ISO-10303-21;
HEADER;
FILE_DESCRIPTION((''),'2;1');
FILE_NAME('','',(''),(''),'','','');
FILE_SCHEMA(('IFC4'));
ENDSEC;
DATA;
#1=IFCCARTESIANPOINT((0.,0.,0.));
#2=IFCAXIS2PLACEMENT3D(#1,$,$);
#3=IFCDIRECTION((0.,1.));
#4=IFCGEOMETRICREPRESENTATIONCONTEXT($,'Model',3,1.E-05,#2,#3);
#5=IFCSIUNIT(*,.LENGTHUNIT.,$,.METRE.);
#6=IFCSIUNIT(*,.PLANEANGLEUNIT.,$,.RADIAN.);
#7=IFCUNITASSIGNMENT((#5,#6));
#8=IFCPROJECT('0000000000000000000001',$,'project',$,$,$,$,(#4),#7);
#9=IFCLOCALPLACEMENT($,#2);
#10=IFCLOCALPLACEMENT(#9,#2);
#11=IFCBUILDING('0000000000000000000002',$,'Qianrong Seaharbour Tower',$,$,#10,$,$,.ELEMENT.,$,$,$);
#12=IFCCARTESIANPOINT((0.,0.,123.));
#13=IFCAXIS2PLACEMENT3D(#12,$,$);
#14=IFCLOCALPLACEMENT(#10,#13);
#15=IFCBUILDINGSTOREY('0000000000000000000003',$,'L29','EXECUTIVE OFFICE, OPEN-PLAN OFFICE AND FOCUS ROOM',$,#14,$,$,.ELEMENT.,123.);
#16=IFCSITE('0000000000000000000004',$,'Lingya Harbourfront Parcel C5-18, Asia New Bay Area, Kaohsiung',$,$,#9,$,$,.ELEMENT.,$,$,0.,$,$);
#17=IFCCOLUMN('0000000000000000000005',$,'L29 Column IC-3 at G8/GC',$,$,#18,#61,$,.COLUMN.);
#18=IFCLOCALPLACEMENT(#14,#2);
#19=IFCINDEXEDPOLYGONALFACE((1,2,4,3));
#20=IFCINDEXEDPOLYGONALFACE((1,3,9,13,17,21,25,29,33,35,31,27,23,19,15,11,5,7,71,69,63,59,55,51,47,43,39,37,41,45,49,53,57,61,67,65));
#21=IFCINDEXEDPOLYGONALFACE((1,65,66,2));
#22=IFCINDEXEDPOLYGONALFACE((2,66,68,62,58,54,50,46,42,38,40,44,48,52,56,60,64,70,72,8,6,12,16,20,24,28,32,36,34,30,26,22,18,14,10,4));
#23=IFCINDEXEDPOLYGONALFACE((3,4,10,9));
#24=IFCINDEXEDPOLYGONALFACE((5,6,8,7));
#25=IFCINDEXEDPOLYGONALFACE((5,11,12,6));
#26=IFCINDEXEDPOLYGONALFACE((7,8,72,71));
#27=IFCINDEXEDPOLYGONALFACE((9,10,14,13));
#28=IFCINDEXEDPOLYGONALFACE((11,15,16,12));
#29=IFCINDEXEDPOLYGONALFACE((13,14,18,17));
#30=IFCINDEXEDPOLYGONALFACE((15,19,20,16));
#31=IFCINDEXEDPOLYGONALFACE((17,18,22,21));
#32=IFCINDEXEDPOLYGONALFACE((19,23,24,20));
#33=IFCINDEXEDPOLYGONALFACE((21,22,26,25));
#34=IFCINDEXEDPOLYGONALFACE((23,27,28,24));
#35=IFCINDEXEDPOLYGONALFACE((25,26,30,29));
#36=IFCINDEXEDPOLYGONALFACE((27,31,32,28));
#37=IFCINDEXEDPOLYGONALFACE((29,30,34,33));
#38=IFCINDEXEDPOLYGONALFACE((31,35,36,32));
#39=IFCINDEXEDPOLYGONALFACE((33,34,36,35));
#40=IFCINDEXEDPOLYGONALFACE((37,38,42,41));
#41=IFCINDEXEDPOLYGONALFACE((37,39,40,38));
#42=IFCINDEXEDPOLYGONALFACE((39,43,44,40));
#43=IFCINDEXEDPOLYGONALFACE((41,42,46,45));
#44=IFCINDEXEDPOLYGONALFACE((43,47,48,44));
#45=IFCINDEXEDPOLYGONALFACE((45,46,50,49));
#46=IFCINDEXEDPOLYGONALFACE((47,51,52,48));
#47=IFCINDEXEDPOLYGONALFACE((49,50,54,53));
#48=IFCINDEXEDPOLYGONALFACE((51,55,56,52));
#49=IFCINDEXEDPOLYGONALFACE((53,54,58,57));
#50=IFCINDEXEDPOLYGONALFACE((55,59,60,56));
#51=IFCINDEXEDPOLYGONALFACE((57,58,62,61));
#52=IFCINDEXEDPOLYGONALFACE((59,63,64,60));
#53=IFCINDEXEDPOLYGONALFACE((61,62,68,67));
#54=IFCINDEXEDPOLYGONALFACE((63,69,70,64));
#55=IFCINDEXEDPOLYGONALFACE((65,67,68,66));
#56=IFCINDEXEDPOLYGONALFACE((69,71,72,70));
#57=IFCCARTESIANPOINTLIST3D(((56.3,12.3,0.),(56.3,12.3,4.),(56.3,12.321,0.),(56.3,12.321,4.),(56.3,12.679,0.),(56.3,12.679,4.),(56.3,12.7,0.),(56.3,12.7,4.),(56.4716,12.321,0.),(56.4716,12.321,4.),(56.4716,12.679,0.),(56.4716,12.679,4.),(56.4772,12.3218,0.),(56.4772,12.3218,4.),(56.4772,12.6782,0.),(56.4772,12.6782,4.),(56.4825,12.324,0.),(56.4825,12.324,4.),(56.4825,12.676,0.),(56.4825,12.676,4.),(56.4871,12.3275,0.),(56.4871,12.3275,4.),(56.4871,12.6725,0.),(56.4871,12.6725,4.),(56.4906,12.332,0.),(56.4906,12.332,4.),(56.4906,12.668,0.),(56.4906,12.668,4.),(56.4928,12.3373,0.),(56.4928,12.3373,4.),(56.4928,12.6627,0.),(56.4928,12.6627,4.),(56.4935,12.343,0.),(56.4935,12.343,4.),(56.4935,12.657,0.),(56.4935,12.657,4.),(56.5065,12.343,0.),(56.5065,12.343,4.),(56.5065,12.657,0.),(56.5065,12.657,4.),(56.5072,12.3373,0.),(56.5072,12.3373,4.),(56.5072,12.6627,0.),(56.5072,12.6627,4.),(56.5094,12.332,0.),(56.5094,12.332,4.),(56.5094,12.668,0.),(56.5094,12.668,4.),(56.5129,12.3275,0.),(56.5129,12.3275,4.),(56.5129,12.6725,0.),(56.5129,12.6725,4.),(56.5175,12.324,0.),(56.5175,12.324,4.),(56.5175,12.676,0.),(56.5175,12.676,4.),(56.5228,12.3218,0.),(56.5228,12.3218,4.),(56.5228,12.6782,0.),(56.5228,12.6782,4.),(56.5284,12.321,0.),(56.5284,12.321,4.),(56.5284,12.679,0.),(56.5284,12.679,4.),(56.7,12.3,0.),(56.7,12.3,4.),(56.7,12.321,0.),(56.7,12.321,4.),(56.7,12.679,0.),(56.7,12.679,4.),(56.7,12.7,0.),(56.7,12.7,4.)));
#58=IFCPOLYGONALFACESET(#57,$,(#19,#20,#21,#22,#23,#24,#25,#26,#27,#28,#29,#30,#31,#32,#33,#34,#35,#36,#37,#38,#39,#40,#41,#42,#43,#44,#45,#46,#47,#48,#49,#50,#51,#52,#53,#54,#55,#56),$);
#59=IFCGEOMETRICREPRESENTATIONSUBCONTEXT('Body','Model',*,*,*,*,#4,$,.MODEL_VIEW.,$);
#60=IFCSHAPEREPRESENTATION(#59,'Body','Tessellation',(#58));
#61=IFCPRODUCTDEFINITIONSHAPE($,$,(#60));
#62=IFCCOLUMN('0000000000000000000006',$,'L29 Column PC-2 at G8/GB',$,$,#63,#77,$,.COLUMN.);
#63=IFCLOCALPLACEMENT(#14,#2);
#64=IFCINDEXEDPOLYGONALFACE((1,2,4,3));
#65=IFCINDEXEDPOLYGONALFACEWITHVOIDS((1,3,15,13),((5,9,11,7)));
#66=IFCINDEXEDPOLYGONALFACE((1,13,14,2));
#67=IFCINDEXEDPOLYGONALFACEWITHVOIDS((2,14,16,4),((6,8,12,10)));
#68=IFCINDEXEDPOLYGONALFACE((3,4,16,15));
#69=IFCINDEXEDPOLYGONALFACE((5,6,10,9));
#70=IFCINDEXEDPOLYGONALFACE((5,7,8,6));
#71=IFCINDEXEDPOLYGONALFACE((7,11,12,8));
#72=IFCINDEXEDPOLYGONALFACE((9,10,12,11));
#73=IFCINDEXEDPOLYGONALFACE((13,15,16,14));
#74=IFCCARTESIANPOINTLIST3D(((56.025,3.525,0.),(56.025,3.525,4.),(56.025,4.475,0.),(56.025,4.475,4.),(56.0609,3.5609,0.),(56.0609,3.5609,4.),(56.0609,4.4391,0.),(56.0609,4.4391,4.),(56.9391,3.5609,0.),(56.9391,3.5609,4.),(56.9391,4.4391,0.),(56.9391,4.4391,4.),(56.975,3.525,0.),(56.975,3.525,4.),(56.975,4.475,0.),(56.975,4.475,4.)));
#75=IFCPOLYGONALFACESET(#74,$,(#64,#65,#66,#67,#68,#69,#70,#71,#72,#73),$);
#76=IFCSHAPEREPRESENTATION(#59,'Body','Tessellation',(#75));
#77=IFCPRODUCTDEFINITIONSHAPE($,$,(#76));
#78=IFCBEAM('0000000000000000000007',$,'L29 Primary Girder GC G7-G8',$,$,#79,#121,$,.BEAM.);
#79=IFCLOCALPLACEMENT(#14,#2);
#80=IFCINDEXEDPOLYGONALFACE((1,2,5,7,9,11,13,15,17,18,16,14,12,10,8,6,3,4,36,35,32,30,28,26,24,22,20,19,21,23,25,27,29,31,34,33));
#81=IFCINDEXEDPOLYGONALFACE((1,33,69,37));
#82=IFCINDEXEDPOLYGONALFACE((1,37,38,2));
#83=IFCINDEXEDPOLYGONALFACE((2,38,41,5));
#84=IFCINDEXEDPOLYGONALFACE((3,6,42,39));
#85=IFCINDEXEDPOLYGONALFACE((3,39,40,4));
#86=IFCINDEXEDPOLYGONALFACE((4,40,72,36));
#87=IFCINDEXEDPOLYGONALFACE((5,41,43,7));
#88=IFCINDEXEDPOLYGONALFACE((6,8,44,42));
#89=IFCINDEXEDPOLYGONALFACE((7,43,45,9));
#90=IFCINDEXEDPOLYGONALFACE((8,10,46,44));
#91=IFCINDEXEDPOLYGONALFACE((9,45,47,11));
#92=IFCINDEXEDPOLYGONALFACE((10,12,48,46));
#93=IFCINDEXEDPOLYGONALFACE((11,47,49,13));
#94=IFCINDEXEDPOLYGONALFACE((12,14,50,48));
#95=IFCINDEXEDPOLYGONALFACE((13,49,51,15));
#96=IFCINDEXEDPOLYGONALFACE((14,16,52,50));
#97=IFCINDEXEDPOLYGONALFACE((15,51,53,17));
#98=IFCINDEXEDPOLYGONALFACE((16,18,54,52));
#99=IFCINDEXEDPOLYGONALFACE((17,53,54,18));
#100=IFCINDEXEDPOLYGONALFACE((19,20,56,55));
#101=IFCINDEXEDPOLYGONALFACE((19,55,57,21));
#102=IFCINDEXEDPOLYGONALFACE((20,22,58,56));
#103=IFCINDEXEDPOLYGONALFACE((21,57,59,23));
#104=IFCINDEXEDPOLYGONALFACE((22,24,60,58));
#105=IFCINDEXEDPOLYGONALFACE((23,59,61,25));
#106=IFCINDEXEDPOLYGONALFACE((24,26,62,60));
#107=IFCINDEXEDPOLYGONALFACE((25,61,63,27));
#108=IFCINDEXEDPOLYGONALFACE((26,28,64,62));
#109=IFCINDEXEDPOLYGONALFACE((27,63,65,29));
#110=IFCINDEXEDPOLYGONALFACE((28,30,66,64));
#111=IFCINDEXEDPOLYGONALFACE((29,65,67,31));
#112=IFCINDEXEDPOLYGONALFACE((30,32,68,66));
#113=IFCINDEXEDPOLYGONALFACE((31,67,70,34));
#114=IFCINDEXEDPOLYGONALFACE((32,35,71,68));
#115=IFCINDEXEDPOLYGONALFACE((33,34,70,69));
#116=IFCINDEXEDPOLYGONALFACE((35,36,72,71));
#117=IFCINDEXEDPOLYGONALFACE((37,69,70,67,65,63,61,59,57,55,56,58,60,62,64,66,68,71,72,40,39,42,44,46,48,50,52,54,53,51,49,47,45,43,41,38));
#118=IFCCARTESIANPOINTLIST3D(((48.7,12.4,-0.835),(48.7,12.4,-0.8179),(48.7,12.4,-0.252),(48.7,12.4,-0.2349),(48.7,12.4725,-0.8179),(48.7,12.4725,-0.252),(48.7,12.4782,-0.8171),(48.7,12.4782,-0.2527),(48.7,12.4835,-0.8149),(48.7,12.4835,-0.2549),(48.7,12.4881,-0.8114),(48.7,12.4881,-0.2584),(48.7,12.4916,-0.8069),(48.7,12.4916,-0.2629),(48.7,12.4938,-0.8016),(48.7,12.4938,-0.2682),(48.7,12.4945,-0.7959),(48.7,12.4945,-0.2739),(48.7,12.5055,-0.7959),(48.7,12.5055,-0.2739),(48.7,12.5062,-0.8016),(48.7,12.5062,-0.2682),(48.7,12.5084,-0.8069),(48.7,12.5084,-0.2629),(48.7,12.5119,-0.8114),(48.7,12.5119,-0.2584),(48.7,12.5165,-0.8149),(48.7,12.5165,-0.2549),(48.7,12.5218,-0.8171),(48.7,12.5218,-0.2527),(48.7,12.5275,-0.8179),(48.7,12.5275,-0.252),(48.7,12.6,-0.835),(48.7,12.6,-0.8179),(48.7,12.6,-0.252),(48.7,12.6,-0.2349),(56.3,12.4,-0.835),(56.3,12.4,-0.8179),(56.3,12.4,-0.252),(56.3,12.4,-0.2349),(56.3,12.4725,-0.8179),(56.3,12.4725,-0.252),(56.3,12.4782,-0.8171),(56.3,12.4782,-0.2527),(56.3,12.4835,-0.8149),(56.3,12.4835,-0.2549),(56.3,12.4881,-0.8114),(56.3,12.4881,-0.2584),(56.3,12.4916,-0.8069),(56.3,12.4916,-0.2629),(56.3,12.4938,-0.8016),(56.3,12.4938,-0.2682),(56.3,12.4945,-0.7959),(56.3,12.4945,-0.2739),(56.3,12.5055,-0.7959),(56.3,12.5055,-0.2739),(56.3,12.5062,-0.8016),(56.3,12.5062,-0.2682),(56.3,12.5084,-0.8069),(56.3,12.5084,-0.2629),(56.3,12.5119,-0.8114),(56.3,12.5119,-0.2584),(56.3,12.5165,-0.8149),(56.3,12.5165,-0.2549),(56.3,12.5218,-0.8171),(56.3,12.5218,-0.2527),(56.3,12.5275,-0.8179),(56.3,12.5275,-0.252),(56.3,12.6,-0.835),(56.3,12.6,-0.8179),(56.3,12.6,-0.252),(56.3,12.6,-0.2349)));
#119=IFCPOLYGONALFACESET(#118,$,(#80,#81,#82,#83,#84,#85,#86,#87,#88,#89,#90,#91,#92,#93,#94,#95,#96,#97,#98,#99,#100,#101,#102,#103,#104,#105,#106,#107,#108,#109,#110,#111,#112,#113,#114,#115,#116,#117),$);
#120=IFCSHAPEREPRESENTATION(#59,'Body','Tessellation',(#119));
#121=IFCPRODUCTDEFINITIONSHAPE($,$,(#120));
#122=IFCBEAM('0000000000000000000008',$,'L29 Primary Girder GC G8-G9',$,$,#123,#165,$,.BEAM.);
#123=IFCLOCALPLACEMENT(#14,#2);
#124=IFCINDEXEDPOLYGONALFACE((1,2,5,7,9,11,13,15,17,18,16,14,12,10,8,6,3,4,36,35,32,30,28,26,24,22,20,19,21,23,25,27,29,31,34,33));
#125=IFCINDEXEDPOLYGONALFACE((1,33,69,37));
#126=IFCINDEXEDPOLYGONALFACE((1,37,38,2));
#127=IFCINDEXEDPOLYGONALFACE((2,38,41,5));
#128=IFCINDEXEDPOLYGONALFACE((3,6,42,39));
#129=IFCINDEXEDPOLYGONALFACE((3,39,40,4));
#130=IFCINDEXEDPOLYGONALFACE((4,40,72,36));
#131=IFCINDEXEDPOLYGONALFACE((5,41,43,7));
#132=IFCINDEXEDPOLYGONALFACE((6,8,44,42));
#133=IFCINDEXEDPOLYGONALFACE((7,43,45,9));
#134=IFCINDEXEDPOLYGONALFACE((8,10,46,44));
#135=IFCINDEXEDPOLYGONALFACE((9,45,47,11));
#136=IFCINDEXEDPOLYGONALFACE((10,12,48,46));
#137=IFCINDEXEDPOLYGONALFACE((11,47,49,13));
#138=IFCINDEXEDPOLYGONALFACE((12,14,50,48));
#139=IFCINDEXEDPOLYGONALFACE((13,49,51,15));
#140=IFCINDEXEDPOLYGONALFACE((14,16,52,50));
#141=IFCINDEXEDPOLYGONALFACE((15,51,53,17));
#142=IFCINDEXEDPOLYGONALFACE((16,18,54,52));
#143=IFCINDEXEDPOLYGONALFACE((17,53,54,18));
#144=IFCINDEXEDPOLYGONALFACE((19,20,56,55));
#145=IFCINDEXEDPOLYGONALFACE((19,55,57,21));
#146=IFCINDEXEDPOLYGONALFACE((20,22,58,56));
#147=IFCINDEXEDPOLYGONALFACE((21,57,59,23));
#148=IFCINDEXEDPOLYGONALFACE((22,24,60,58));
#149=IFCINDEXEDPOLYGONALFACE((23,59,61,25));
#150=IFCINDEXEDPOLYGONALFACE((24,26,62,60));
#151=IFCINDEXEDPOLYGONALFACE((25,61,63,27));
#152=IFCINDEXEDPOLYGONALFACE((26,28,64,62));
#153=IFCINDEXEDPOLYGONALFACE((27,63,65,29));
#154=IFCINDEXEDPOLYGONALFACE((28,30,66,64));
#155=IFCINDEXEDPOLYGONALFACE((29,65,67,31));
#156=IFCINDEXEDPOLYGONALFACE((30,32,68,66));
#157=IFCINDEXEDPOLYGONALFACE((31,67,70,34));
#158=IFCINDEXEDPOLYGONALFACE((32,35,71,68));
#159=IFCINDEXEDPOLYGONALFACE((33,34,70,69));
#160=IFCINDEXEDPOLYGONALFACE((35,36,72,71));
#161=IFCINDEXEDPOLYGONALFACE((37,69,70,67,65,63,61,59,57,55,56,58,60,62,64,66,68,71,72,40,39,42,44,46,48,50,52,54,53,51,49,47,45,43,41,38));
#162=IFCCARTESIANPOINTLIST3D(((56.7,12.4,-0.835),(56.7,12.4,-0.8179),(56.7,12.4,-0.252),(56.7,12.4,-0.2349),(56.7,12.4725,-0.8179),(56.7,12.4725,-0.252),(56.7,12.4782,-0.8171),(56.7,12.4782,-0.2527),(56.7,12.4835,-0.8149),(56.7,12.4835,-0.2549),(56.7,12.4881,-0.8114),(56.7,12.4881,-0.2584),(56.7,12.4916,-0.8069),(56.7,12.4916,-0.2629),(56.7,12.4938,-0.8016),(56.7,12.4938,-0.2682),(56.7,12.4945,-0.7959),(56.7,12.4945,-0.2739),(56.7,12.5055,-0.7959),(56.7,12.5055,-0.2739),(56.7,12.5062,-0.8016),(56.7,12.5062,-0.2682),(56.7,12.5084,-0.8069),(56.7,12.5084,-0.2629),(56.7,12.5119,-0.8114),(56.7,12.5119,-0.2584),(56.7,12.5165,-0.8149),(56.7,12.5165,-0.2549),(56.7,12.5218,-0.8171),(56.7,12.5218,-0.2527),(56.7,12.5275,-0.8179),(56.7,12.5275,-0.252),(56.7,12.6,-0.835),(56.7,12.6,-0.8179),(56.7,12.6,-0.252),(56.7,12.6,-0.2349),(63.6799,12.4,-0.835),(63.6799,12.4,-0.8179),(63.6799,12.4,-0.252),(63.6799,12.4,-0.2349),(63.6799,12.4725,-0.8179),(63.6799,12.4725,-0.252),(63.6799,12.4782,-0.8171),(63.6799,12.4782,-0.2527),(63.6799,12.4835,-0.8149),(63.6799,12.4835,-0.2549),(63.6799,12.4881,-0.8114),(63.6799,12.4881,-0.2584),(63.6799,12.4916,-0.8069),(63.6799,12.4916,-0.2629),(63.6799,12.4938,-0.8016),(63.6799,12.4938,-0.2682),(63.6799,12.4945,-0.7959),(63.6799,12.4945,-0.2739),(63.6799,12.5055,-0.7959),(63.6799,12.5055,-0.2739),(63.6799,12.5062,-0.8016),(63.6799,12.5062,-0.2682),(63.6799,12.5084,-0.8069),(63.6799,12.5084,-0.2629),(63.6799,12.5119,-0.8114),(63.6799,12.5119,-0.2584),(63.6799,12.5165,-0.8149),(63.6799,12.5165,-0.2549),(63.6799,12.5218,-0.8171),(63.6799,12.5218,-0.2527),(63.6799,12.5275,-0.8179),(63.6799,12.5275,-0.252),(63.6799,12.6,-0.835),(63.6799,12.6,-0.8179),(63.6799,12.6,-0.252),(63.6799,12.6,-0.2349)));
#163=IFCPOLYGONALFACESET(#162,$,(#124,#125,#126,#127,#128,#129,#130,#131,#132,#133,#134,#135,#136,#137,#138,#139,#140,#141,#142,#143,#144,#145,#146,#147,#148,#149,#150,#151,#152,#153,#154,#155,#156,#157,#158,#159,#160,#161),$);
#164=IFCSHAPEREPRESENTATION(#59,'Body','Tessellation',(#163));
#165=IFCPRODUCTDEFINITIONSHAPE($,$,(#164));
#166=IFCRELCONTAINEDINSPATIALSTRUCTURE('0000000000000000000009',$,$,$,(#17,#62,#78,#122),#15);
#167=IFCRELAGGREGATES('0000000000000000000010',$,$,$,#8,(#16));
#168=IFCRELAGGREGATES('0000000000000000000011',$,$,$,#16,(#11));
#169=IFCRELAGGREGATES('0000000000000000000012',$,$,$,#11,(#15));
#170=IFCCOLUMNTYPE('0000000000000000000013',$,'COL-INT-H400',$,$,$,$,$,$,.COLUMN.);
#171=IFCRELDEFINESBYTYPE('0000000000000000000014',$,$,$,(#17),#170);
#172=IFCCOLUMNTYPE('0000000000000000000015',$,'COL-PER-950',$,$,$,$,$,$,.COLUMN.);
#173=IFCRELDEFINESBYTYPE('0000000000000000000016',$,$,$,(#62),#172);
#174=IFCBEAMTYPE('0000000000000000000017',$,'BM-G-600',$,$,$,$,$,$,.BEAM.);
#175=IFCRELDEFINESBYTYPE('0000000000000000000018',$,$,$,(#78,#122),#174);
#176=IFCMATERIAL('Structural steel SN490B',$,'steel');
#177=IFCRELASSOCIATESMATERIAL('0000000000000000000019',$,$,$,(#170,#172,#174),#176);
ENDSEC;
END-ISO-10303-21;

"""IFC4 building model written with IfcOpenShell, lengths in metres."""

from ifc_helpers import new_model, si_unit, direction, frame, origin, origin_2d, place, context, subcontext, project, spatial, hollow_rectangle, i_section, extrude, material, material_profile, profile_set, type_object, element, save


model = new_model("IFC4")

# Units and contexts
model_context = context("Model", 3, precision=1e-05, world=origin(), true_north=direction((0.0, 1.0)))
body_context = subcontext(model_context, "Body", "Model", "MODEL_VIEW")
ifc_project = project(units=[si_unit("LENGTHUNIT", "METRE"), si_unit("PLANEANGLEUNIT", "RADIAN")], contexts=[model_context])

# Site, building, storey
site_placement = place(None, origin())
site = spatial("IfcSite", under=ifc_project, at=site_placement, Name="Lingya Harbourfront Parcel C5-18, Asia New Bay Area, Kaohsiung", CompositionType="ELEMENT", RefElevation=0.0)
building_placement = place(site_placement, origin())
building = spatial("IfcBuilding", under=site, at=building_placement, Name="Qianrong Seaharbour Tower", CompositionType="ELEMENT")
storey_placement = place(building_placement, frame((0.0, 0.0, 123.0)))
storey = spatial("IfcBuildingStorey", under=building, at=storey_placement, Name="L29", Description="EXECUTIVE OFFICE, OPEN-PLAN OFFICE AND FOCUS ROOM", CompositionType="ELEMENT", Elevation=123.0)

# Columns
ifc_material_1 = material(Name="Structural steel SN490B", Category="steel")
ifc_material_profile_1 = material_profile(ifc_material_1, i_section(OverallWidth=0.3999, OverallDepth=0.3999, WebThickness=0.0129, FlangeThickness=0.021, FilletRadius=0.022, at=origin_2d()), Name="H400x400x13x21")
ifc_profile_set_1 = profile_set([ifc_material_profile_1], Name="Structural steel SN490B")
column_type_1 = type_object("IfcColumnType", Name="COL-INT-H400", PredefinedType="COLUMN", material=ifc_profile_set_1)
column_1_placement = place(storey_placement, frame((56.5, 12.5, 0.0), z_axis=(0.0, 0.0, 1.0), x_axis=(1.0, 0.0, 0.0)))
element("IfcColumn", 1, at=column_1_placement, inside=storey, type_object=column_type_1, Name="L29 Column IC-3 at G8/GC", PredefinedType="COLUMN", context=body_context, shape_type="SweptSolid", body=[
    extrude(i_section(OverallWidth=0.3999, OverallDepth=0.3999, WebThickness=0.0129, FlangeThickness=0.021, FilletRadius=0.022, at=origin_2d()), origin(), (0.0, 0.0, 1.0), 4.0),
])
ifc_material_profile_2 = material_profile(ifc_material_1, hollow_rectangle(XDim=0.95, YDim=0.95, WallThickness=0.0359, at=origin_2d()), Name="BOX950x950x36")
ifc_profile_set_2 = profile_set([ifc_material_profile_2], Name="Structural steel SN490B")
column_type_2 = type_object("IfcColumnType", Name="COL-PER-950", PredefinedType="COLUMN", material=ifc_profile_set_2)
column_2_placement = place(storey_placement, frame((56.5, 4.0, 0.0), z_axis=(0.0, 0.0, 1.0), x_axis=(1.0, 0.0, 0.0)))
element("IfcColumn", 2, at=column_2_placement, inside=storey, type_object=column_type_2, Name="L29 Column PC-2 at G8/GB", PredefinedType="COLUMN", context=body_context, shape_type="SweptSolid", body=[
    extrude(hollow_rectangle(XDim=0.95, YDim=0.95, WallThickness=0.0359, at=origin_2d()), origin(), (0.0, 0.0, 1.0), 4.0),
])

# Beams
ifc_material_profile_3 = material_profile(ifc_material_1, i_section(OverallWidth=0.2, OverallDepth=0.6001, WebThickness=0.011, FlangeThickness=0.0171, FilletRadius=0.022, at=origin_2d()), Name="H600x200x11x17")
ifc_profile_set_3 = profile_set([ifc_material_profile_3], Name="Structural steel SN490B")
beam_type_1 = type_object("IfcBeamType", Name="BM-G-600", PredefinedType="BEAM", material=ifc_profile_set_3)
beam_1_placement = place(storey_placement, frame((48.7, 12.5, -0.5349), z_axis=(1.0, 0.0, 0.0), x_axis=(0.0, 1.0, 0.0)))
element("IfcBeam", 3, at=beam_1_placement, inside=storey, type_object=beam_type_1, Name="L29 Primary Girder GC G7-G8", PredefinedType="BEAM", context=body_context, shape_type="SweptSolid", body=[
    extrude(i_section(OverallWidth=0.2, OverallDepth=0.6001, WebThickness=0.011, FlangeThickness=0.0171, FilletRadius=0.022, at=origin_2d()), origin(), (0.0, 0.0, 1.0), 7.6001),
])
beam_2_placement = place(storey_placement, frame((56.7, 12.5, -0.5349), z_axis=(1.0, 0.0, 0.0), x_axis=(0.0, 1.0, 0.0)))
element("IfcBeam", 4, at=beam_2_placement, inside=storey, type_object=beam_type_1, Name="L29 Primary Girder GC G8-G9", PredefinedType="BEAM", context=body_context, shape_type="SweptSolid", body=[
    extrude(i_section(OverallWidth=0.2, OverallDepth=0.6001, WebThickness=0.011, FlangeThickness=0.0171, FilletRadius=0.022, at=origin_2d()), origin(), (0.0, 0.0, 1.0), 6.98),
])

save(model, "model.ifc")
